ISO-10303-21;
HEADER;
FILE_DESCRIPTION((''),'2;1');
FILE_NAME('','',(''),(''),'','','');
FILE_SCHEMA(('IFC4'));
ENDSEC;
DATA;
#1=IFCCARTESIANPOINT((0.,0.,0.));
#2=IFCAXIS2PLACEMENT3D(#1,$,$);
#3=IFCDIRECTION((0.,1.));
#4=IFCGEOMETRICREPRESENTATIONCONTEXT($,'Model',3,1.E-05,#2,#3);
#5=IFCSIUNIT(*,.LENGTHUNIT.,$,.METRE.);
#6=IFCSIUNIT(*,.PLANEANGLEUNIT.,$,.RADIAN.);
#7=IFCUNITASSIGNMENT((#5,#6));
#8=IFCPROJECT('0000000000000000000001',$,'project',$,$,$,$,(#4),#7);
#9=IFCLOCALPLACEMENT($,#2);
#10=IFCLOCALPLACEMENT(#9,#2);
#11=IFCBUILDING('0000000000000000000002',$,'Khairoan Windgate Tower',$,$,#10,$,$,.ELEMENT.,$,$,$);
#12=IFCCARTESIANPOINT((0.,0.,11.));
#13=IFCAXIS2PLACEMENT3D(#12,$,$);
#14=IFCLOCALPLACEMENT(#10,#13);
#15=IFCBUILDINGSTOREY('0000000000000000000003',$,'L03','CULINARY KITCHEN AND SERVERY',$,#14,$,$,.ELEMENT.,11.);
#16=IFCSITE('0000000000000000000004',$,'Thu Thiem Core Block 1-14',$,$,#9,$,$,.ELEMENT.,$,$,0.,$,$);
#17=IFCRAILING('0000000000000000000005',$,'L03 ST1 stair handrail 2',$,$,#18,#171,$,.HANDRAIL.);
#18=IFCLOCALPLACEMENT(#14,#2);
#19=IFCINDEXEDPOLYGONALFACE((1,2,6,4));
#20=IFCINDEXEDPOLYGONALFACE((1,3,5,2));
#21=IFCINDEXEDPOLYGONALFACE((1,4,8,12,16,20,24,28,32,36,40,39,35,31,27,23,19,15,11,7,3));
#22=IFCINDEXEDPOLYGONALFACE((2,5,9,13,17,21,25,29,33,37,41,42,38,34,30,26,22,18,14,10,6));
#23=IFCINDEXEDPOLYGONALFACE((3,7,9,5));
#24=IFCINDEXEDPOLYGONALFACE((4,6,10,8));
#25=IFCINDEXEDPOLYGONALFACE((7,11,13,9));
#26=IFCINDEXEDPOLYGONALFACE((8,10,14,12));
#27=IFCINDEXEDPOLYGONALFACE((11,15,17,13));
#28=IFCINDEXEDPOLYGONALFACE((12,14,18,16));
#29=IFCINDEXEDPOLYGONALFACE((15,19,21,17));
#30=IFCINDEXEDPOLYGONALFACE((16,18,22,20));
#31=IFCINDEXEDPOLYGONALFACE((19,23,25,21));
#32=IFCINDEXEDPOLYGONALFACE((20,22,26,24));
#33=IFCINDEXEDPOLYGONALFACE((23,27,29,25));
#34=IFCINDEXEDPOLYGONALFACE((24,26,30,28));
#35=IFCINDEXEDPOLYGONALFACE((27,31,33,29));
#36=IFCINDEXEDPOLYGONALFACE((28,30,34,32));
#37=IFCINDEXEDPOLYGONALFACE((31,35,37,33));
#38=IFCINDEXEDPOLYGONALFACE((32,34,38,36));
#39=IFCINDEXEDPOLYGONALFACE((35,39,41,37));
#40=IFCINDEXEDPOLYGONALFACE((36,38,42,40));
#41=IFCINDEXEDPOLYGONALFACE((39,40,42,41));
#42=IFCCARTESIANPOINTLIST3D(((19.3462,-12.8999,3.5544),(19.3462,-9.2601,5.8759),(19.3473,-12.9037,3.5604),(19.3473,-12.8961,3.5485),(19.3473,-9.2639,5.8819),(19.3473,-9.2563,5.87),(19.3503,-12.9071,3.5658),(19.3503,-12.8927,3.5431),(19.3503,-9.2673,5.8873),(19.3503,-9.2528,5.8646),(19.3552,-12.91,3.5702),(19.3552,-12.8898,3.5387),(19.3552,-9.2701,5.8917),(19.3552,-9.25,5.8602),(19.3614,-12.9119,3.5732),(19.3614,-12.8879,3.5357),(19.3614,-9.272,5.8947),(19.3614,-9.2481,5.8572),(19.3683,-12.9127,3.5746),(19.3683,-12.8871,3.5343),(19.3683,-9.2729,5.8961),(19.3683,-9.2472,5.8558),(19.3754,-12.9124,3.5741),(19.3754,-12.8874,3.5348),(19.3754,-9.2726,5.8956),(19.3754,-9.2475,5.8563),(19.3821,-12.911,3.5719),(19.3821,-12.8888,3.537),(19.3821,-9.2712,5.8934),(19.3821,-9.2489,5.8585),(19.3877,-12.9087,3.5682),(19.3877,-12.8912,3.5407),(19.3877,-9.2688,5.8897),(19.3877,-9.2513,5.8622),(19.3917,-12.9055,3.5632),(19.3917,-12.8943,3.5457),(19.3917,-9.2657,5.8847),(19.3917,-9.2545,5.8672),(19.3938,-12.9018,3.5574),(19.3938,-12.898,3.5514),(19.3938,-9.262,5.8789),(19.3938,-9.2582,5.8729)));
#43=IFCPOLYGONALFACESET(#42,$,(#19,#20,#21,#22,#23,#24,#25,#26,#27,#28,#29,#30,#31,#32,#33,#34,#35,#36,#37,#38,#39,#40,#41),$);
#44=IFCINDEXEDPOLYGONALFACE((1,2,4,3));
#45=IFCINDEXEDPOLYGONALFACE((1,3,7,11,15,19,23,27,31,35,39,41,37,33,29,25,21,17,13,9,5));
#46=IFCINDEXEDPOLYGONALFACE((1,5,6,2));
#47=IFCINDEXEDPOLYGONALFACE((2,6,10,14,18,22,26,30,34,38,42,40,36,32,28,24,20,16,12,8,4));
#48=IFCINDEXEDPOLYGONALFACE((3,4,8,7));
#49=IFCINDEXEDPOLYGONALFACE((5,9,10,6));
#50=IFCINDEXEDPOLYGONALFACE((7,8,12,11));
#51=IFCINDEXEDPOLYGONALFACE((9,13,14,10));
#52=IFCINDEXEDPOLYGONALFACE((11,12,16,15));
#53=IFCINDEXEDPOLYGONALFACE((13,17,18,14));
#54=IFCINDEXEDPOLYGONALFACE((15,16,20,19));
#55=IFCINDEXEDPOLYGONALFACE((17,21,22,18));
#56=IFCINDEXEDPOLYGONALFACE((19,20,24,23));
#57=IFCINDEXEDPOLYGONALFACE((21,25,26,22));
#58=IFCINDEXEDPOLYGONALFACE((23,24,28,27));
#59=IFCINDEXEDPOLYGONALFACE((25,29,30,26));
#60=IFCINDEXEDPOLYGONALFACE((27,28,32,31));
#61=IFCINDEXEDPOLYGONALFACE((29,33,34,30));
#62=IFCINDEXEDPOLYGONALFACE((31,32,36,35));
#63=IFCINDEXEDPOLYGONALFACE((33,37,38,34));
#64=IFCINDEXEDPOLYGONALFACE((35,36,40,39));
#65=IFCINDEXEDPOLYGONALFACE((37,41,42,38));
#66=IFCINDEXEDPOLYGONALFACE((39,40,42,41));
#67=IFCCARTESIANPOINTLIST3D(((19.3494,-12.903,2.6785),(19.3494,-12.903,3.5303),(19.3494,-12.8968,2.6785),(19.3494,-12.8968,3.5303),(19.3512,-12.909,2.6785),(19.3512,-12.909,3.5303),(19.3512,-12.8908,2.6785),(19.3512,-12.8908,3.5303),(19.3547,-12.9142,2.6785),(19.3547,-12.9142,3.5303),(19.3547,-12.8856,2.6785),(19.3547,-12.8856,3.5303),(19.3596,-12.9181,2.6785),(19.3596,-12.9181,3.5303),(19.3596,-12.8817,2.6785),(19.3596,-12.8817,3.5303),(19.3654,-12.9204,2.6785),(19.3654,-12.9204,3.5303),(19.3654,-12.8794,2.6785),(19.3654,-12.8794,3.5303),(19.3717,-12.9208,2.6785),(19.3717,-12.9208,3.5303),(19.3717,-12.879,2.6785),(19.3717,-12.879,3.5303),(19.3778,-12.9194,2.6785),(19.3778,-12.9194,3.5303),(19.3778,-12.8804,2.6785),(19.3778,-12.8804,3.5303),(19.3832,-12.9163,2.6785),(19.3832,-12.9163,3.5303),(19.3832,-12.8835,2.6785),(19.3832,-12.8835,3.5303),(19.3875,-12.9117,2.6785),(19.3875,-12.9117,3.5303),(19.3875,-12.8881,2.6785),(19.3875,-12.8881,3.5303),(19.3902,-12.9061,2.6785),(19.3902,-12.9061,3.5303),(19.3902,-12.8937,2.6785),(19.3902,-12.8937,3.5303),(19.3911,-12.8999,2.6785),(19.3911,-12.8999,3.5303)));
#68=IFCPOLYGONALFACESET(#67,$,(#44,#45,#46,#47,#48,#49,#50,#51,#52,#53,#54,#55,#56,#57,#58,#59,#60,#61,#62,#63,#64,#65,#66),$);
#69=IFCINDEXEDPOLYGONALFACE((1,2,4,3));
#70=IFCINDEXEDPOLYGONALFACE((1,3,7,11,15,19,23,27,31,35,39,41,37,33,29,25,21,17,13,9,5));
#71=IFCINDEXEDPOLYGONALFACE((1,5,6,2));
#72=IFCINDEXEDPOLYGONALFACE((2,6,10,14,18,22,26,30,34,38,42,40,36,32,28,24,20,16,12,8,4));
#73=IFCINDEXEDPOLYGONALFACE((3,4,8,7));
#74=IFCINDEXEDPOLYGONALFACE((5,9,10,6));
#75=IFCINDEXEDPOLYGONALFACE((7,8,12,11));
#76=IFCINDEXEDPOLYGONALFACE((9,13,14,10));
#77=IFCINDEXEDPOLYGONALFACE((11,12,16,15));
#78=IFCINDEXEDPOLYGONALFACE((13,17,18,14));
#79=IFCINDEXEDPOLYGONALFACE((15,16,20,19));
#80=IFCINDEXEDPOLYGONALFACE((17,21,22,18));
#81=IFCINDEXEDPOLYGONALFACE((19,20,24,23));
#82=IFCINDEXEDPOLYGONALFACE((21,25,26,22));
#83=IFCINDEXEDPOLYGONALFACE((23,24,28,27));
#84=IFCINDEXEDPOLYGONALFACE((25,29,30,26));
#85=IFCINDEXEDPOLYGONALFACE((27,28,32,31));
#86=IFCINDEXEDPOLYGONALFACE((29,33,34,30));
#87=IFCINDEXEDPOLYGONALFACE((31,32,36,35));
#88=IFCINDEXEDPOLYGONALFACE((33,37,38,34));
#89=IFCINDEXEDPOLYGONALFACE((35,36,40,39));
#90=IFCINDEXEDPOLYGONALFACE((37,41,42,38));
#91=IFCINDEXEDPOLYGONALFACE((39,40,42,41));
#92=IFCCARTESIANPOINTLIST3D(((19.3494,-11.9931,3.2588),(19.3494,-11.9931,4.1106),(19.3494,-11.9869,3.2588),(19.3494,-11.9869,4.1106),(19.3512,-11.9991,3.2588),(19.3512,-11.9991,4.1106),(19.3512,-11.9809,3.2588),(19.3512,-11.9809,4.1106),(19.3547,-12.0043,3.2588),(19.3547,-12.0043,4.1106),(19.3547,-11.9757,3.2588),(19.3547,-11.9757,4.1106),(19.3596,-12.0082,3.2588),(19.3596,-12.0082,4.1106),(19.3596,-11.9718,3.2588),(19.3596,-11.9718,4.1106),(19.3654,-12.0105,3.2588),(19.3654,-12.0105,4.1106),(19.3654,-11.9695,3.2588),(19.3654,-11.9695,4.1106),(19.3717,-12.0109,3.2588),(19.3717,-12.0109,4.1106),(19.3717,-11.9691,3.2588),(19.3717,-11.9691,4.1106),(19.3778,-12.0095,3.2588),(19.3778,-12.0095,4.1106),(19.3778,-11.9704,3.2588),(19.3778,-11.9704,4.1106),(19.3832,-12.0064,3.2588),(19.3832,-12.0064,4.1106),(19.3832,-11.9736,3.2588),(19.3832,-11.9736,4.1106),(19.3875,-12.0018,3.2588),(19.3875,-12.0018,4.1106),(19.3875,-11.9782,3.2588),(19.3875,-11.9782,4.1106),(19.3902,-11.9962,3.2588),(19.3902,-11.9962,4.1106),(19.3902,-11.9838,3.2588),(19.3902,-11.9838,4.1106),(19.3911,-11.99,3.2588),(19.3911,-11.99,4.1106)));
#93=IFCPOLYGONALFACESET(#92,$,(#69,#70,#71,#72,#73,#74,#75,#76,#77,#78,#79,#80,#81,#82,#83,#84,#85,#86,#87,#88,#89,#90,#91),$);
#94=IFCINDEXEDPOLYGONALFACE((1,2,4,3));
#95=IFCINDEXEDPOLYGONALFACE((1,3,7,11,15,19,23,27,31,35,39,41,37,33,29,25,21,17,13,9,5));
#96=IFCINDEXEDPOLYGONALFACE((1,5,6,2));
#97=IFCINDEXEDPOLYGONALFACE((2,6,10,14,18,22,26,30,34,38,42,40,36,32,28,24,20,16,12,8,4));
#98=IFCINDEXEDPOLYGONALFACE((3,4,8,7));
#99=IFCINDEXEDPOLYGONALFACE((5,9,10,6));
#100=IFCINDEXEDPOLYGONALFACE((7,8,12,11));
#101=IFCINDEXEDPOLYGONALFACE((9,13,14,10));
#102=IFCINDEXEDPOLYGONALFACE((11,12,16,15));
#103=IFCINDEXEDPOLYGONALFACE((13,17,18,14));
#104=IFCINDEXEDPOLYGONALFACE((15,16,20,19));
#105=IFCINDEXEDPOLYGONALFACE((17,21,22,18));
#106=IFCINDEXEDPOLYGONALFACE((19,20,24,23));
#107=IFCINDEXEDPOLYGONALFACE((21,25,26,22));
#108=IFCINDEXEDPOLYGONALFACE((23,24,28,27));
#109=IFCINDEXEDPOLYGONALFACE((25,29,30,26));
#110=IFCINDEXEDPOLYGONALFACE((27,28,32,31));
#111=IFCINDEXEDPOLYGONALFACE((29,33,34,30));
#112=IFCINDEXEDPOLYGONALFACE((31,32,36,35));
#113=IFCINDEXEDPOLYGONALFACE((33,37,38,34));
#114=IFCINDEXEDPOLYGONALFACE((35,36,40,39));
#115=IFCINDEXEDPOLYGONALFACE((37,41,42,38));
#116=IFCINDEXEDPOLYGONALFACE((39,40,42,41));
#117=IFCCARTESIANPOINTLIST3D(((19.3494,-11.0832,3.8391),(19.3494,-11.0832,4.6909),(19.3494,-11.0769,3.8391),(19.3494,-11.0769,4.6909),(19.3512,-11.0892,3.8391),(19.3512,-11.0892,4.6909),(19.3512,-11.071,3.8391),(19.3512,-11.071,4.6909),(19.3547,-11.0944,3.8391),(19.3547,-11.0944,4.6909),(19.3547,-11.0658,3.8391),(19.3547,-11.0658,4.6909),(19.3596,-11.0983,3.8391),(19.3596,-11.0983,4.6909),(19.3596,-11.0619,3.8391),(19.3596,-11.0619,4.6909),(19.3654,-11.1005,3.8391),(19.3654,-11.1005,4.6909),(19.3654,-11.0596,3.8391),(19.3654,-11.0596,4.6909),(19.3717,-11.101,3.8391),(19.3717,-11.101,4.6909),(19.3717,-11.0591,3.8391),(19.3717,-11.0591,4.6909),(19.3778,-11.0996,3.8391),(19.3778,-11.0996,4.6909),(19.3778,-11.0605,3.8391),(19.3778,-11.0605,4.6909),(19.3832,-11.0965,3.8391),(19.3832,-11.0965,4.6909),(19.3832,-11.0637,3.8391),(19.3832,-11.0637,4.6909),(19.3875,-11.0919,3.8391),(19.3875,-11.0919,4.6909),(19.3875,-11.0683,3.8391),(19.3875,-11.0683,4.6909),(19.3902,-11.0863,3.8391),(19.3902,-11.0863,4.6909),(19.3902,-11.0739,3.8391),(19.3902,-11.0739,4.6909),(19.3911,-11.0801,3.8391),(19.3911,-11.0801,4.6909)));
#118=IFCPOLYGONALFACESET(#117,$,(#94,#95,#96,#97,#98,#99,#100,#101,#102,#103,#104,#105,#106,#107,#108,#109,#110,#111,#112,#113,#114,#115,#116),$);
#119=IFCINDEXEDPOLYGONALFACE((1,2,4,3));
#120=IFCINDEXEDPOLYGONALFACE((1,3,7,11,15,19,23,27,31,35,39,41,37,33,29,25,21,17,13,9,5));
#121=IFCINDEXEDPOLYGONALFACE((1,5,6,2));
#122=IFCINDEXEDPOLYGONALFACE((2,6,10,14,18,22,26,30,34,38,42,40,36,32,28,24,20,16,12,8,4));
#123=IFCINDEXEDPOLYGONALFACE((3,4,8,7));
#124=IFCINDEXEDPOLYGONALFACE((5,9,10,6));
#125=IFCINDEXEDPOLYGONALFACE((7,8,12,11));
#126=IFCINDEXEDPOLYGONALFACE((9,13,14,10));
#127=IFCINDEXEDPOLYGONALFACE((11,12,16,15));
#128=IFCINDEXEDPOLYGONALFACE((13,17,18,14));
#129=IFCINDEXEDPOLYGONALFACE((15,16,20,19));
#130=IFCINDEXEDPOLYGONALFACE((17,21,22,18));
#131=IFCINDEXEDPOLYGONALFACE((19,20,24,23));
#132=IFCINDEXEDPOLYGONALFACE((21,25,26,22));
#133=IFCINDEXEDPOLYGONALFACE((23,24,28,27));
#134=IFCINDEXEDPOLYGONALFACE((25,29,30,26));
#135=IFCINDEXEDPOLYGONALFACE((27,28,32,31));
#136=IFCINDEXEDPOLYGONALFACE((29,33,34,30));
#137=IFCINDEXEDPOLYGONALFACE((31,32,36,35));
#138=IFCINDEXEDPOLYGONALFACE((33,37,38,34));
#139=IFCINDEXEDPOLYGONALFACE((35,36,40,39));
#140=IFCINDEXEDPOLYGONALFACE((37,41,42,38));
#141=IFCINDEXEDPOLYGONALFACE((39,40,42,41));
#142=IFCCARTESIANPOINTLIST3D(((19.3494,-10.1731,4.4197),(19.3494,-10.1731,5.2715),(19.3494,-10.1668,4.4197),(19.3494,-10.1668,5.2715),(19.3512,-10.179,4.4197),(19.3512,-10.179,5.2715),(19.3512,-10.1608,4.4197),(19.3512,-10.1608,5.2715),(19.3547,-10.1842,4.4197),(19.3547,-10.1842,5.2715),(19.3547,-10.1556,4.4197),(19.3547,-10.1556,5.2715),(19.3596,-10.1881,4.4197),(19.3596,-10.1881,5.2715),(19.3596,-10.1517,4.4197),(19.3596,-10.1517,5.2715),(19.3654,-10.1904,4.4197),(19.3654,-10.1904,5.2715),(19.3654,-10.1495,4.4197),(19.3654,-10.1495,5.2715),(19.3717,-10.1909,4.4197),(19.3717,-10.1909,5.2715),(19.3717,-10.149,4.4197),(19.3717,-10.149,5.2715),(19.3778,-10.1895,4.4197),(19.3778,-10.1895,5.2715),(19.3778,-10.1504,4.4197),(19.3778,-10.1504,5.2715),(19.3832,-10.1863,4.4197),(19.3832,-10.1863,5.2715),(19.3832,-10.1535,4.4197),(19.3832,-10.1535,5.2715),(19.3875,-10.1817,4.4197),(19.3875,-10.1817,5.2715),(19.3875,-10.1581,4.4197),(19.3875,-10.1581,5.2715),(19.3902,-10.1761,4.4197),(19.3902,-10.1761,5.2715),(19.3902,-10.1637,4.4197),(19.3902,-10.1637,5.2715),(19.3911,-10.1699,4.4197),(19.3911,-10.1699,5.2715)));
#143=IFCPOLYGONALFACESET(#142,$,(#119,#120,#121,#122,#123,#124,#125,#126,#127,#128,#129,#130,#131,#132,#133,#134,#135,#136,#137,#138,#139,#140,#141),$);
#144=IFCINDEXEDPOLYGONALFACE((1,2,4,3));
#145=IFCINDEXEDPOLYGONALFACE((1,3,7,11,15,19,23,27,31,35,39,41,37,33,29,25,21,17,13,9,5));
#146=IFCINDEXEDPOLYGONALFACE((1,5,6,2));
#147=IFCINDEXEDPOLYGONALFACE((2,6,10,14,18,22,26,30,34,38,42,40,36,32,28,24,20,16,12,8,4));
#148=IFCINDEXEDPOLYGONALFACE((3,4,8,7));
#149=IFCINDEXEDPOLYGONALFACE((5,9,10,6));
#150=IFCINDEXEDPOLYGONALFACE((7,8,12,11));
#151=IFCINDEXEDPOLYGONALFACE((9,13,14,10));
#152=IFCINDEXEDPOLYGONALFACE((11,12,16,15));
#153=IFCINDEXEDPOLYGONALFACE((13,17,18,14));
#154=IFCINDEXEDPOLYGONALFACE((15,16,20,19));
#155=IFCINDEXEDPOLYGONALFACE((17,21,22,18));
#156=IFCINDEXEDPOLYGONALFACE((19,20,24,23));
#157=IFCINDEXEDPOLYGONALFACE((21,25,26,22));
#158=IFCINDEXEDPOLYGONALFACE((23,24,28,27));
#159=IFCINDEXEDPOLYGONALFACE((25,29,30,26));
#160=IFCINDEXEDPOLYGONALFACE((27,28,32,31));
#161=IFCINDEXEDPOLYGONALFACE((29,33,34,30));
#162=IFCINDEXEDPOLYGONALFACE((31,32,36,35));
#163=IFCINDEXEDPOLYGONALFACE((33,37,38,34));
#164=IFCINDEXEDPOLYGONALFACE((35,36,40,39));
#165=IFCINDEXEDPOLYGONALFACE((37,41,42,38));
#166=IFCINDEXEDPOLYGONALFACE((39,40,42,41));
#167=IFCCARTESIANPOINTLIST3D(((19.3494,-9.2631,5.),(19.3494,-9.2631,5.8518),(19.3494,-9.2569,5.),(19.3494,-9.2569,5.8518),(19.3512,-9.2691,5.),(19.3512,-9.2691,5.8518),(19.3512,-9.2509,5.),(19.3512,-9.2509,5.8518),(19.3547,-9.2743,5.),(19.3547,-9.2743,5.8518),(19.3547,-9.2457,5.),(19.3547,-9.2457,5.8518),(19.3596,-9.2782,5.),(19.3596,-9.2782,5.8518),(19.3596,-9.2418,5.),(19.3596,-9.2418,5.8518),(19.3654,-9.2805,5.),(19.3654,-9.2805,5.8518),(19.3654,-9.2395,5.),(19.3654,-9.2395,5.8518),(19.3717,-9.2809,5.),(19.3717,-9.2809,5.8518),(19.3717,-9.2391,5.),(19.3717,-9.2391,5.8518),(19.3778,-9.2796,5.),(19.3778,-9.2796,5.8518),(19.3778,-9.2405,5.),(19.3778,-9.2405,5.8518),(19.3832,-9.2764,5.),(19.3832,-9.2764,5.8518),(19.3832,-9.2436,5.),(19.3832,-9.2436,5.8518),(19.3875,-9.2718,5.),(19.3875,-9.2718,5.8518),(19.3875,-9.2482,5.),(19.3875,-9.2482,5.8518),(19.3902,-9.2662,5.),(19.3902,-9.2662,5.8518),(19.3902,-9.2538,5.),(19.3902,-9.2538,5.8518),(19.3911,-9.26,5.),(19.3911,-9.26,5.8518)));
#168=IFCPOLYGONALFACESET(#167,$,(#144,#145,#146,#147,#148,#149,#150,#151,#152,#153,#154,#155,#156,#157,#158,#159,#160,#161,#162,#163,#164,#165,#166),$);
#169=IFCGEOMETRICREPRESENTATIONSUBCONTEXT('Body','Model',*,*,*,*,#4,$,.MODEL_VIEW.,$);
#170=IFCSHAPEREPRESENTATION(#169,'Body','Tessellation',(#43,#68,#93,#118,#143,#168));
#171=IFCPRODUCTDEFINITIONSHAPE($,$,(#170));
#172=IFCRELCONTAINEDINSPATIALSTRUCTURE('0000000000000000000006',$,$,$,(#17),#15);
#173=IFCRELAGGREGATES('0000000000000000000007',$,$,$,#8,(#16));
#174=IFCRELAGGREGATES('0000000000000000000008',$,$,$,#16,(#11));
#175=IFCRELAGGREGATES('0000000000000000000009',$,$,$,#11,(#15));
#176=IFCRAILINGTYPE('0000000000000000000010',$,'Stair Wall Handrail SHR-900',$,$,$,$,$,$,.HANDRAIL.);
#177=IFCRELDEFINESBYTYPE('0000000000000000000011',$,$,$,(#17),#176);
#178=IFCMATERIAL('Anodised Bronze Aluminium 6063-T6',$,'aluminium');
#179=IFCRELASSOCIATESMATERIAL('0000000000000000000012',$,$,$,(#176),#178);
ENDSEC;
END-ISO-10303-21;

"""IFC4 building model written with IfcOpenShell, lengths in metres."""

from ifc_helpers import new_model, si_unit, direction, frame, origin, origin_2d, place, context, subcontext, project, spatial, circle, extrude, material, type_object, element, save


model = new_model("IFC4")

# Units and contexts
model_context = context("Model", 3, precision=1e-05, world=origin(), true_north=direction((0.0, 1.0)))
body_context = subcontext(model_context, "Body", "Model", "MODEL_VIEW")
ifc_project = project(units=[si_unit("LENGTHUNIT", "METRE"), si_unit("PLANEANGLEUNIT", "RADIAN")], contexts=[model_context])

# Site, building, storey
site_placement = place(None, origin())
site = spatial("IfcSite", under=ifc_project, at=site_placement, Name="Thu Thiem Core Block 1-14", CompositionType="ELEMENT", RefElevation=0.0)
building_placement = place(site_placement, origin())
building = spatial("IfcBuilding", under=site, at=building_placement, Name="Khairoan Windgate Tower", CompositionType="ELEMENT")
storey_placement = place(building_placement, frame((0.0, 0.0, 11.0)))
storey = spatial("IfcBuildingStorey", under=building, at=storey_placement, Name="L03", Description="CULINARY KITCHEN AND SERVERY", CompositionType="ELEMENT", Elevation=11.0)

# Railing
ifc_material_1 = material(Name="Anodised Bronze Aluminium 6063-T6", Category="aluminium")
railing_type_1 = type_object("IfcRailingType", Name="Stair Wall Handrail SHR-900", PredefinedType="HANDRAIL", material=ifc_material_1)
railing_1_placement = place(storey_placement, frame((19.3701, -12.8999, 2.6785)))
element("IfcRailing", 1, at=railing_1_placement, inside=storey, type_object=railing_type_1, Name="L03 ST1 stair handrail 2", PredefinedType="HANDRAIL", context=body_context, shape_type="SweptSolid", body=[
    extrude(circle(Radius=0.0239, at=origin_2d()), frame((0.0, 0.0, 0.876), z_axis=(0.0, 0.843112, 0.537739), x_axis=(-1.0, 0.0, 0.0)), (0.0, 0.0, 1.0), 4.3171),
    extrude(circle(Radius=0.021, at=origin_2d()), origin(), (0.0, 0.0, 1.0), 0.8518),
    extrude(circle(Radius=0.021, at=origin_2d()), frame((0.0, 0.9099, 0.5803)), (0.0, 0.0, 1.0), 0.8518),
    extrude(circle(Radius=0.021, at=origin_2d()), frame((0.0, 1.8198, 1.1606)), (0.0, 0.0, 1.0), 0.8518),
    extrude(circle(Radius=0.021, at=origin_2d()), frame((0.0, 2.73, 1.7412)), (0.0, 0.0, 1.0), 0.8518),
    extrude(circle(Radius=0.021, at=origin_2d()), frame((0.0, 3.6399, 2.3215)), (0.0, 0.0, 1.0), 0.8518),
])

save(model, "model.ifc")
